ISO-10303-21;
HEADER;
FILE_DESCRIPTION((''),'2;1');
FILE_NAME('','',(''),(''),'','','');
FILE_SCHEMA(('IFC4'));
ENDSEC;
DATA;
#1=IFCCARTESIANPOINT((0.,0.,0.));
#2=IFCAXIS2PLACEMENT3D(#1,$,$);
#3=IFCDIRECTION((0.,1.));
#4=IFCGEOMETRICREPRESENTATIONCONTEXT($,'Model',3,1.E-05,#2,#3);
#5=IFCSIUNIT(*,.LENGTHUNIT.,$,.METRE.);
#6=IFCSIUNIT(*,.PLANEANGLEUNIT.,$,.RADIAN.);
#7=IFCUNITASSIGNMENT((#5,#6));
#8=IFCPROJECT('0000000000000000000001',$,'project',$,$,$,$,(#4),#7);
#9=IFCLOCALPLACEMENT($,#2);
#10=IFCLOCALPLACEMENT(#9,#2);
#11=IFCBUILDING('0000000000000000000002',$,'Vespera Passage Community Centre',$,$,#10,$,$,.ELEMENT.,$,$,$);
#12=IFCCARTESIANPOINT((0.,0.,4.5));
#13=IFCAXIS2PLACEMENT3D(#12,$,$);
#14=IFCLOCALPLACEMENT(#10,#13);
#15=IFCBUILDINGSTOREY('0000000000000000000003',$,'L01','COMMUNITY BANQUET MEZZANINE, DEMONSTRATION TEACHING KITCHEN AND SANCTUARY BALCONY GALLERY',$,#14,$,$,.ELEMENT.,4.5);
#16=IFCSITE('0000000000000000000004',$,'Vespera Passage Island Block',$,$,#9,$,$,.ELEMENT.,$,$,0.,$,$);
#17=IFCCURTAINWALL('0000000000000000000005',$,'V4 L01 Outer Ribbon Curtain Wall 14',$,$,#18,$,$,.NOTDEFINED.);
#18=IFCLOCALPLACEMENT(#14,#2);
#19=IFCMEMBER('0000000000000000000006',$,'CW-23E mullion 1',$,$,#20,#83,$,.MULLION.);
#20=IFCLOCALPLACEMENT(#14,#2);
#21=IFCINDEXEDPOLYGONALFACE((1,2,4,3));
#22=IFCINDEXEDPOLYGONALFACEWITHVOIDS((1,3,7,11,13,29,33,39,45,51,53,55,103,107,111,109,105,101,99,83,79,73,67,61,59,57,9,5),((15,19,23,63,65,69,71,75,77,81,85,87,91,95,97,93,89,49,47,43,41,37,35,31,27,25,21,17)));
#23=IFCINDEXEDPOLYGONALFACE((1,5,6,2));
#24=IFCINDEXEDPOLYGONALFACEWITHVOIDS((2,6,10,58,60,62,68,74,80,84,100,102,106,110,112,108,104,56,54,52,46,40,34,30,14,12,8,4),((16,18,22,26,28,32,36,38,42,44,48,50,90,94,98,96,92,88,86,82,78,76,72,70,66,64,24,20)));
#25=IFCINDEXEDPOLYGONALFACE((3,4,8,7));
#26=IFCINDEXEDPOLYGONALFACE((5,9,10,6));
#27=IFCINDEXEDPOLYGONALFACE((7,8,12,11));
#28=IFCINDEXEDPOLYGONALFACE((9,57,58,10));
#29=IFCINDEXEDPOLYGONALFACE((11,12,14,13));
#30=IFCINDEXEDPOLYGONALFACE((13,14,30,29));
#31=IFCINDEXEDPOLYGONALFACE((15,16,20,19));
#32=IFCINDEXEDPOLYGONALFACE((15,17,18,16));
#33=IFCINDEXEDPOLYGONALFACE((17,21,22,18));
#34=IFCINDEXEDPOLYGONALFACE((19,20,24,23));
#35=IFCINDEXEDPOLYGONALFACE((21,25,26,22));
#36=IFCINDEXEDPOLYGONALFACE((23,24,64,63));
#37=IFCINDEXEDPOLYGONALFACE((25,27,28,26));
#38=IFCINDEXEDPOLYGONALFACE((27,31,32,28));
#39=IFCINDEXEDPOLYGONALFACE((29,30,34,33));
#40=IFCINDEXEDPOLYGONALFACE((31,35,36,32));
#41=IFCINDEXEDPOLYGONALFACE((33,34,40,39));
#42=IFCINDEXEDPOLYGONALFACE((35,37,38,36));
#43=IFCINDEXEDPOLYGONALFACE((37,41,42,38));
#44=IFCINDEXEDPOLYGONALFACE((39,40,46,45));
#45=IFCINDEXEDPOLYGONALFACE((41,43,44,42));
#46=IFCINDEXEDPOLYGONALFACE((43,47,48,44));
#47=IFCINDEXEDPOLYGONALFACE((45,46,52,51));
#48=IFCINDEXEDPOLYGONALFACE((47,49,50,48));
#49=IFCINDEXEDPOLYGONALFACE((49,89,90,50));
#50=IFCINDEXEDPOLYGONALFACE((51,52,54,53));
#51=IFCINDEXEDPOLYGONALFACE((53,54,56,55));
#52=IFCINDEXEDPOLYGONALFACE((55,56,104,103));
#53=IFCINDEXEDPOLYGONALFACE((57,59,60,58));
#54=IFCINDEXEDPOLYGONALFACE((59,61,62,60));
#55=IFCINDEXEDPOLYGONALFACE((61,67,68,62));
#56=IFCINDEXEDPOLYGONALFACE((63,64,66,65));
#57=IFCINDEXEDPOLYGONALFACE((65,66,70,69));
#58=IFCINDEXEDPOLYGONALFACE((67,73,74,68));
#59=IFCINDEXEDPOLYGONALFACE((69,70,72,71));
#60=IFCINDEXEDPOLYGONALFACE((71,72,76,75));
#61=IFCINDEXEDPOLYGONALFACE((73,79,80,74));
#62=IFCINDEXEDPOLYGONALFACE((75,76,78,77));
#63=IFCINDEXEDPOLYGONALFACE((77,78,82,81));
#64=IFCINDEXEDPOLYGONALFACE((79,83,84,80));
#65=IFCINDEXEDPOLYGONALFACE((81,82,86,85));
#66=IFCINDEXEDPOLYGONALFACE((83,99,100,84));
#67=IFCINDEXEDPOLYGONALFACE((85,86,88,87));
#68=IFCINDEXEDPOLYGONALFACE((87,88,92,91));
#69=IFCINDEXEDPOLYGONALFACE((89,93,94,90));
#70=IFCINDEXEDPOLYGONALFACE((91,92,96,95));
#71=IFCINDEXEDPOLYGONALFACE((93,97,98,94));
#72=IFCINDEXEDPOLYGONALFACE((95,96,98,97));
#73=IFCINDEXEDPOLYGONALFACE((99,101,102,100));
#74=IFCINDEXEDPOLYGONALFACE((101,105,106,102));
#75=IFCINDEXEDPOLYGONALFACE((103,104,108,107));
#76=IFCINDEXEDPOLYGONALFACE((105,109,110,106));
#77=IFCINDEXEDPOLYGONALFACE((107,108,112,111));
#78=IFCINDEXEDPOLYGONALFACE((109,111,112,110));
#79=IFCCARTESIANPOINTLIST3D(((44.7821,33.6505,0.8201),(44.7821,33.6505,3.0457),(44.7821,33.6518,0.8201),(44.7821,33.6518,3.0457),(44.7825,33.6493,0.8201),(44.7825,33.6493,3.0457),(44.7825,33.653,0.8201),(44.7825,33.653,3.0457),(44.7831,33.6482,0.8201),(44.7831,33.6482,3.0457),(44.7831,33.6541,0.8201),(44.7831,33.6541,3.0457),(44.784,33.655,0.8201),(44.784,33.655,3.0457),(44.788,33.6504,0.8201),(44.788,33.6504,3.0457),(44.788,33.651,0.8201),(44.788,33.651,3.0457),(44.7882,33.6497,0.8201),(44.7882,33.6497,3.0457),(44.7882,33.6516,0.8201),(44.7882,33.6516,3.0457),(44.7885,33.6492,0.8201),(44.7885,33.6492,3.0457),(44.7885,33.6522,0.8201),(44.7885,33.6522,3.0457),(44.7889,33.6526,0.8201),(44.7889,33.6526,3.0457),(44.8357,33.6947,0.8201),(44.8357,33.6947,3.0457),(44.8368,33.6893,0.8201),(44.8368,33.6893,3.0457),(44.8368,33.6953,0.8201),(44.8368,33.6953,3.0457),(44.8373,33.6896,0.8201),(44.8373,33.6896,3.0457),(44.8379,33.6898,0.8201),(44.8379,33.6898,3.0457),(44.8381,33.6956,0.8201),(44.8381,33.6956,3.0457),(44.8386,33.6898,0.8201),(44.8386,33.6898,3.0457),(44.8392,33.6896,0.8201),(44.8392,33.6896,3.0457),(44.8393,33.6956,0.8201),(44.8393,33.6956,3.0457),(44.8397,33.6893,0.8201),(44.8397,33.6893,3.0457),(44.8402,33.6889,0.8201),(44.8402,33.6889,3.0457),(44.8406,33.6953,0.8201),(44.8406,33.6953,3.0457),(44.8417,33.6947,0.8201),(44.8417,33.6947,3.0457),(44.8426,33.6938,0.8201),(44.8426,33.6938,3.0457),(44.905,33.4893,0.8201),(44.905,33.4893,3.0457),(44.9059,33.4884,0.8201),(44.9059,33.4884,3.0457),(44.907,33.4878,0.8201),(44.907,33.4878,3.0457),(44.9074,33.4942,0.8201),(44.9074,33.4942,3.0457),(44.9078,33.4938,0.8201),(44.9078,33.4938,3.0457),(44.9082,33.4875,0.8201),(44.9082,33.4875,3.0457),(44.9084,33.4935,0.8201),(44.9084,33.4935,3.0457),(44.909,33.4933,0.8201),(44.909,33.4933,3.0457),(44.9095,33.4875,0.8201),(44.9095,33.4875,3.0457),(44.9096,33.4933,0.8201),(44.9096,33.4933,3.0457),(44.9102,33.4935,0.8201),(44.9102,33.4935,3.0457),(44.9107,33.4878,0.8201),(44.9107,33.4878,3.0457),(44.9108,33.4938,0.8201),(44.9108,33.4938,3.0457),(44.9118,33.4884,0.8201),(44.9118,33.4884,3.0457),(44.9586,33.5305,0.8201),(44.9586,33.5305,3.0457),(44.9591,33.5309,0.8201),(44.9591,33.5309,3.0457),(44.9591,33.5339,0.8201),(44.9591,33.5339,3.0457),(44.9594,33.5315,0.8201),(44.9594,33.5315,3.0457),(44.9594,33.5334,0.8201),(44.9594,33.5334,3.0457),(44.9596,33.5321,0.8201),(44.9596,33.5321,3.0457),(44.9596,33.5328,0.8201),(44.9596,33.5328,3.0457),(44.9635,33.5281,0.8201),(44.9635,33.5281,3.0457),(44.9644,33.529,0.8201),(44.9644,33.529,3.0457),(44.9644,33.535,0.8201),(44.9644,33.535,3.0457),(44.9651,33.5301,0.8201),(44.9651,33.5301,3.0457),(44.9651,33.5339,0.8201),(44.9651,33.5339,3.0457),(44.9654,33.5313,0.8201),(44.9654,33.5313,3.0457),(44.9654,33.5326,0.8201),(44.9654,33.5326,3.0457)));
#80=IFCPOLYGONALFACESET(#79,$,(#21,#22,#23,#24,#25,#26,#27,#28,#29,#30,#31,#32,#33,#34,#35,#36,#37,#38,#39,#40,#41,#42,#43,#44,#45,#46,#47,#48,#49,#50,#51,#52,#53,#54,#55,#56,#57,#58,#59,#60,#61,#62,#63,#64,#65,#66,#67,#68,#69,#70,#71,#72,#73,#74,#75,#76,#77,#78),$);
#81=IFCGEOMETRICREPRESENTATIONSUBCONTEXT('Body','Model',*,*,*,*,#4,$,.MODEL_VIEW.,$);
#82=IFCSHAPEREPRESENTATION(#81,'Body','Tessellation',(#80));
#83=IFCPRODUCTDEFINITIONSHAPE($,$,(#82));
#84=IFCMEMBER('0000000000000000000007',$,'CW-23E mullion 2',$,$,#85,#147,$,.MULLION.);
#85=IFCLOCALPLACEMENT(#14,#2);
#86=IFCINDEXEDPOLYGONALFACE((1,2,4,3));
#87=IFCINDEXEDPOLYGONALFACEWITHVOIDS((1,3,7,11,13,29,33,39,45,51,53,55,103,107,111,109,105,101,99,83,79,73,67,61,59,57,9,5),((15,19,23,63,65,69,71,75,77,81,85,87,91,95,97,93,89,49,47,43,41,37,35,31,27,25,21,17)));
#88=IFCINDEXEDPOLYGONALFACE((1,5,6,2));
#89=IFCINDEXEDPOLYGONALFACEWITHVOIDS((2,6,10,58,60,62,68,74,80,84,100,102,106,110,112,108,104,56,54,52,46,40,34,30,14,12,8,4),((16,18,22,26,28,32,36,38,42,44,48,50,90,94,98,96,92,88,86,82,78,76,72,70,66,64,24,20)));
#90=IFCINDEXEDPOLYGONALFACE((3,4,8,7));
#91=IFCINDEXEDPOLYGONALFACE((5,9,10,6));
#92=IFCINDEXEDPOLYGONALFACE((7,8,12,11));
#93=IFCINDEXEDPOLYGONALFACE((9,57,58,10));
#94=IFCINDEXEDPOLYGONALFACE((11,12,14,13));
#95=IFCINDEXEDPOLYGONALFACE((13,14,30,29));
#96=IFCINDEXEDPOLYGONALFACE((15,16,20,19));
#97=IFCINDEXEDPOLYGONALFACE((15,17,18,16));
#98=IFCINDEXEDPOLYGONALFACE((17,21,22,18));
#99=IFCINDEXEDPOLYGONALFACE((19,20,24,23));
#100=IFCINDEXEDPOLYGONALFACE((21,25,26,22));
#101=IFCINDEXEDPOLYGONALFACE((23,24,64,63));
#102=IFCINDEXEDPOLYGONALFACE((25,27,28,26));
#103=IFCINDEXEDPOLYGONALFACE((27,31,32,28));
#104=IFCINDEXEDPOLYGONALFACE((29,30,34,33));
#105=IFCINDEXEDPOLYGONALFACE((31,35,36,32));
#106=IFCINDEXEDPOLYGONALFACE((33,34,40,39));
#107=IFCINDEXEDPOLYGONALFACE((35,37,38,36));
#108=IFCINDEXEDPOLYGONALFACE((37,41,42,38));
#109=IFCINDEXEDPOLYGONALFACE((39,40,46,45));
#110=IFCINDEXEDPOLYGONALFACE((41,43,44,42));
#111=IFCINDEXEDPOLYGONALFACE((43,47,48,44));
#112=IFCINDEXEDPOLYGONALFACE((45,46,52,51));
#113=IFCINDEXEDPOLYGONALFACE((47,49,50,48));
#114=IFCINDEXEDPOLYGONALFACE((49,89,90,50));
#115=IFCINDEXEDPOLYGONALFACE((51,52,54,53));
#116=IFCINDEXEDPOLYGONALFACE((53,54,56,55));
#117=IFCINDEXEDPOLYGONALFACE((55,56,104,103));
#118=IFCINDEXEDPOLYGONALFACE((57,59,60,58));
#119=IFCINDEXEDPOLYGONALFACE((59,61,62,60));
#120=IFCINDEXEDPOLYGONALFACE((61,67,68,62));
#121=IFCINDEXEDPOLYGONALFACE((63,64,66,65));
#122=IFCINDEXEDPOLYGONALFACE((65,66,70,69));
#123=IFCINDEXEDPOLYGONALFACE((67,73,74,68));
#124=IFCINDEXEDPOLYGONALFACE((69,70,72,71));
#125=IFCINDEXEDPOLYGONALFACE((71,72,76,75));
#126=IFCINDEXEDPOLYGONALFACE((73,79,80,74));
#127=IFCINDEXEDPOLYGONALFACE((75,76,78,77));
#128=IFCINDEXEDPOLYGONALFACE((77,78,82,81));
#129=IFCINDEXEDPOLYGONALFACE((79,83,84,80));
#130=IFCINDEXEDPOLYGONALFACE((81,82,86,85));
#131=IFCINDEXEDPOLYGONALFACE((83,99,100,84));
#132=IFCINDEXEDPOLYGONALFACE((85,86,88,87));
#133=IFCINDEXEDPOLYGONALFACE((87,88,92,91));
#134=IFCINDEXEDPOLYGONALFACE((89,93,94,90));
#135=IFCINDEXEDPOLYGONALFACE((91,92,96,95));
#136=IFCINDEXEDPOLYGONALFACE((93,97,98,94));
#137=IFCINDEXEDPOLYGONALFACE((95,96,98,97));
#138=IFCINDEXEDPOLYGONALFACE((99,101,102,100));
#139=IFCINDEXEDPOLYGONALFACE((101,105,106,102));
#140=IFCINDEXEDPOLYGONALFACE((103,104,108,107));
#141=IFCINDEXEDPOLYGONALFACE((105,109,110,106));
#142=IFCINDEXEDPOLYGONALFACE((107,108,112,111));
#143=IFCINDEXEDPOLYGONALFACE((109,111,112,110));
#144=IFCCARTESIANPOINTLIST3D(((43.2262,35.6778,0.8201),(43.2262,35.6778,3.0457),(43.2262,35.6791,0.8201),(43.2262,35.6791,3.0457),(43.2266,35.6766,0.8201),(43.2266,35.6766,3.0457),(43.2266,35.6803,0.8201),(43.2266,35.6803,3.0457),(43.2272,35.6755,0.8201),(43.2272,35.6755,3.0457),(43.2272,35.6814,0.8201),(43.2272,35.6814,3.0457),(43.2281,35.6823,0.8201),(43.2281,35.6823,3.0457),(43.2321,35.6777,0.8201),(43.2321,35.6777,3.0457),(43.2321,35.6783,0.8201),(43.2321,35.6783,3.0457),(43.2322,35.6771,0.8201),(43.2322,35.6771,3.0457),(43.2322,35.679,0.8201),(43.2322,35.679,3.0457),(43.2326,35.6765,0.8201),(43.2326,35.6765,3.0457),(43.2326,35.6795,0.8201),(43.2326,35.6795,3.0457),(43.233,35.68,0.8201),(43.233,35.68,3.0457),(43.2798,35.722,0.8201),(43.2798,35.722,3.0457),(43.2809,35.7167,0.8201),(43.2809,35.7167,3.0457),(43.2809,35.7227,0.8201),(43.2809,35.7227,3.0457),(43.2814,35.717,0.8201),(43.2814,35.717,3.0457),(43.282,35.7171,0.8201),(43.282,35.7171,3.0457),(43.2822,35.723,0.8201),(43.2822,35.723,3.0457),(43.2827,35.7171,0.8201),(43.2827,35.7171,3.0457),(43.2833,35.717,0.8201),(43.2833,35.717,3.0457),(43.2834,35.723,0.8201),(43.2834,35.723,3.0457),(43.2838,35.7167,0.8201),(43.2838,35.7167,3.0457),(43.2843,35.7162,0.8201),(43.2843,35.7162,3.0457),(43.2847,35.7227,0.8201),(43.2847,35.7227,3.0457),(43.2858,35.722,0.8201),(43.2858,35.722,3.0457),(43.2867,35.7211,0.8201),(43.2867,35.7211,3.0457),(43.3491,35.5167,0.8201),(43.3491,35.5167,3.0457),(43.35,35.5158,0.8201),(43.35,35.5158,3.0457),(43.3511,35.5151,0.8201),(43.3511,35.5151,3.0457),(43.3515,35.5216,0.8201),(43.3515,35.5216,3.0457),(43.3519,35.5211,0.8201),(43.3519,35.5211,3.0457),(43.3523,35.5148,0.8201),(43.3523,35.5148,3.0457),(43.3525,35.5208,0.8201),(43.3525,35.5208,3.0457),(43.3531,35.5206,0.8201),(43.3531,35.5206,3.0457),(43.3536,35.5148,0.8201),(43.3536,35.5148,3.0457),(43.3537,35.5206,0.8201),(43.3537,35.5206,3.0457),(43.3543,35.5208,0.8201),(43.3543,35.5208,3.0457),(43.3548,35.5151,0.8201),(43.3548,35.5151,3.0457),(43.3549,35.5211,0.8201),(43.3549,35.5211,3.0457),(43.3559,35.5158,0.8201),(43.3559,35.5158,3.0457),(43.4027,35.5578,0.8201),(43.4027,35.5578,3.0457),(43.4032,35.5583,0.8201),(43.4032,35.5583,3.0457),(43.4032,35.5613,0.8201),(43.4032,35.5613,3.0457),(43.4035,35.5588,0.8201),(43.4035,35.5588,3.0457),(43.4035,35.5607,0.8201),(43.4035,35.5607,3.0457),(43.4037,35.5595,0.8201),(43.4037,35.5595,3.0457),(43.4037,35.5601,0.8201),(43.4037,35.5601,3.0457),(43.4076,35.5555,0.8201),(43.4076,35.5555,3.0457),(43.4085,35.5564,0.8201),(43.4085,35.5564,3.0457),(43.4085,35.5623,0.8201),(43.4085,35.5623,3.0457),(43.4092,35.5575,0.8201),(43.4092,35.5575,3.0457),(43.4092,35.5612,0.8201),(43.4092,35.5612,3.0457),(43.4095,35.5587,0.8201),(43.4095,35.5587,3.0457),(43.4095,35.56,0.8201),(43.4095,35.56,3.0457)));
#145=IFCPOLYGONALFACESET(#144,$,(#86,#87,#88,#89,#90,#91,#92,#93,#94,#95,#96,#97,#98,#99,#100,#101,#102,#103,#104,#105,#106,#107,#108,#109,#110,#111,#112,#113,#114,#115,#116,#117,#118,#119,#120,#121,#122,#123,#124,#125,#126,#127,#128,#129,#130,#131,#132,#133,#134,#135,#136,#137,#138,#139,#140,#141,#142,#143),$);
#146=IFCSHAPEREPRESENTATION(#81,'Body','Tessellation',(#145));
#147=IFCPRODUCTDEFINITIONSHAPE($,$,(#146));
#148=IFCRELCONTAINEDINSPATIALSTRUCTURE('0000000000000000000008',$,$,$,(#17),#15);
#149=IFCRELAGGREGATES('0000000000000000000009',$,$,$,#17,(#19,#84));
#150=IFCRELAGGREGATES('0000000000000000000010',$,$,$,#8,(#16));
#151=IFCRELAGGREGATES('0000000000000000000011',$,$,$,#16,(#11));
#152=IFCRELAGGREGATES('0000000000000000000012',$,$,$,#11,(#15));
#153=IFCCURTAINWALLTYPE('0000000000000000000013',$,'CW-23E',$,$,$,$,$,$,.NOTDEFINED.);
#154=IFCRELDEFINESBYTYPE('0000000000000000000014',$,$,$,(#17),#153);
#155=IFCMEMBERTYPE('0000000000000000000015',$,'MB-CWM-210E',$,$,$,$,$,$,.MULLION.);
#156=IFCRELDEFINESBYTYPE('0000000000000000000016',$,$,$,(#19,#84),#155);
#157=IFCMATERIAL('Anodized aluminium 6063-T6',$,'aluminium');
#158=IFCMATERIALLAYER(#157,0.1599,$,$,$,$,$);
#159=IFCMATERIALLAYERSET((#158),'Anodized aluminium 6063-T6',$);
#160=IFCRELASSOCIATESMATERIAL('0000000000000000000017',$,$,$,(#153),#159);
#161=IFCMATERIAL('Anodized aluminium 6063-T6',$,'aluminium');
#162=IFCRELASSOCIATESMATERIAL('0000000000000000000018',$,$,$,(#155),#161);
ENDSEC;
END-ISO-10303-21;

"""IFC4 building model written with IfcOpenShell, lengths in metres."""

from ifc_helpers import new_model, si_unit, direction, frame, origin, origin_2d, place, context, subcontext, project, spatial, hollow_rectangle, extrude, material, layer, layer_set, material_profile, profile_set, type_object, element, aggregate, save


model = new_model("IFC4")

# Units and contexts
model_context = context("Model", 3, precision=1e-05, world=origin(), true_north=direction((0.0, 1.0)))
body_context = subcontext(model_context, "Body", "Model", "MODEL_VIEW")
ifc_project = project(units=[si_unit("LENGTHUNIT", "METRE"), si_unit("PLANEANGLEUNIT", "RADIAN")], contexts=[model_context])

# Site, building, storey
site_placement = place(None, origin())
site = spatial("IfcSite", under=ifc_project, at=site_placement, Name="Vespera Passage Island Block", CompositionType="ELEMENT", RefElevation=0.0)
building_placement = place(site_placement, origin())
building = spatial("IfcBuilding", under=site, at=building_placement, Name="Vespera Passage Community Centre", CompositionType="ELEMENT")
storey_placement = place(building_placement, frame((0.0, 0.0, 4.5)))
storey = spatial("IfcBuildingStorey", under=building, at=storey_placement, Name="L01", Description="COMMUNITY BANQUET MEZZANINE, DEMONSTRATION TEACHING KITCHEN AND SANCTUARY BALCONY GALLERY", CompositionType="ELEMENT", Elevation=4.5)

# Curtain wall, members
ifc_material_1 = material(Name="Anodized aluminium 6063-T6", Category="aluminium")
ifc_layer_1 = layer(ifc_material_1, 0.1599)
ifc_layer_set_1 = layer_set([ifc_layer_1], Name="Anodized aluminium 6063-T6")
curtain_wall_type = type_object("IfcCurtainWallType", Name="CW-23E", PredefinedType="NOTDEFINED", material=ifc_layer_set_1)
curtain_wall_placement = place(storey_placement, origin())
curtain_wall = element("IfcCurtainWall", 1, at=curtain_wall_placement, inside=storey, type_object=curtain_wall_type, Name="V4 L01 Outer Ribbon Curtain Wall 14", PredefinedType="NOTDEFINED")
ifc_material_2 = material(Name="Anodized aluminium 6063-T6", Category="aluminium")
ifc_material_profile_1 = material_profile(ifc_material_2, hollow_rectangle(XDim=0.075, YDim=0.21, WallThickness=0.0049, InnerFilletRadius=0.0024, OuterFilletRadius=0.0049, at=origin_2d()), Name="ALU210X75X5")
ifc_profile_set_1 = profile_set([ifc_material_profile_1], Name="Anodized aluminium 6063-T6")
member_type_1 = type_object("IfcMemberType", Name="MB-CWM-210E", PredefinedType="MULLION", material=ifc_profile_set_1)
member_1_placement = place(storey_placement, frame((44.8738, 33.5916, 0.8201), z_axis=(0.0, 0.0, 1.0), x_axis=(-0.79335, -0.608765, 0.0)))
member_1 = element("IfcMember", 2, at=member_1_placement, type_object=member_type_1, Name="CW-23E mullion 1", PredefinedType="MULLION", context=body_context, shape_type="SweptSolid", body=[
    extrude(hollow_rectangle(XDim=0.075, YDim=0.21, WallThickness=0.0049, InnerFilletRadius=0.0024, OuterFilletRadius=0.0049, at=origin_2d()), origin(), (0.0, 0.0, 1.0), 2.2256),
])
member_2_placement = place(storey_placement, frame((43.3179, 35.6189, 0.8201), z_axis=(0.0, 0.0, 1.0), x_axis=(-0.79335, -0.608765, 0.0)))
member_2 = element("IfcMember", 3, at=member_2_placement, type_object=member_type_1, Name="CW-23E mullion 2", PredefinedType="MULLION", context=body_context, shape_type="SweptSolid", body=[
    extrude(hollow_rectangle(XDim=0.075, YDim=0.21, WallThickness=0.0049, InnerFilletRadius=0.0024, OuterFilletRadius=0.0049, at=origin_2d()), origin(), (0.0, 0.0, 1.0), 2.2256),
])
aggregate(curtain_wall, [member_1, member_2])

save(model, "model.ifc")
